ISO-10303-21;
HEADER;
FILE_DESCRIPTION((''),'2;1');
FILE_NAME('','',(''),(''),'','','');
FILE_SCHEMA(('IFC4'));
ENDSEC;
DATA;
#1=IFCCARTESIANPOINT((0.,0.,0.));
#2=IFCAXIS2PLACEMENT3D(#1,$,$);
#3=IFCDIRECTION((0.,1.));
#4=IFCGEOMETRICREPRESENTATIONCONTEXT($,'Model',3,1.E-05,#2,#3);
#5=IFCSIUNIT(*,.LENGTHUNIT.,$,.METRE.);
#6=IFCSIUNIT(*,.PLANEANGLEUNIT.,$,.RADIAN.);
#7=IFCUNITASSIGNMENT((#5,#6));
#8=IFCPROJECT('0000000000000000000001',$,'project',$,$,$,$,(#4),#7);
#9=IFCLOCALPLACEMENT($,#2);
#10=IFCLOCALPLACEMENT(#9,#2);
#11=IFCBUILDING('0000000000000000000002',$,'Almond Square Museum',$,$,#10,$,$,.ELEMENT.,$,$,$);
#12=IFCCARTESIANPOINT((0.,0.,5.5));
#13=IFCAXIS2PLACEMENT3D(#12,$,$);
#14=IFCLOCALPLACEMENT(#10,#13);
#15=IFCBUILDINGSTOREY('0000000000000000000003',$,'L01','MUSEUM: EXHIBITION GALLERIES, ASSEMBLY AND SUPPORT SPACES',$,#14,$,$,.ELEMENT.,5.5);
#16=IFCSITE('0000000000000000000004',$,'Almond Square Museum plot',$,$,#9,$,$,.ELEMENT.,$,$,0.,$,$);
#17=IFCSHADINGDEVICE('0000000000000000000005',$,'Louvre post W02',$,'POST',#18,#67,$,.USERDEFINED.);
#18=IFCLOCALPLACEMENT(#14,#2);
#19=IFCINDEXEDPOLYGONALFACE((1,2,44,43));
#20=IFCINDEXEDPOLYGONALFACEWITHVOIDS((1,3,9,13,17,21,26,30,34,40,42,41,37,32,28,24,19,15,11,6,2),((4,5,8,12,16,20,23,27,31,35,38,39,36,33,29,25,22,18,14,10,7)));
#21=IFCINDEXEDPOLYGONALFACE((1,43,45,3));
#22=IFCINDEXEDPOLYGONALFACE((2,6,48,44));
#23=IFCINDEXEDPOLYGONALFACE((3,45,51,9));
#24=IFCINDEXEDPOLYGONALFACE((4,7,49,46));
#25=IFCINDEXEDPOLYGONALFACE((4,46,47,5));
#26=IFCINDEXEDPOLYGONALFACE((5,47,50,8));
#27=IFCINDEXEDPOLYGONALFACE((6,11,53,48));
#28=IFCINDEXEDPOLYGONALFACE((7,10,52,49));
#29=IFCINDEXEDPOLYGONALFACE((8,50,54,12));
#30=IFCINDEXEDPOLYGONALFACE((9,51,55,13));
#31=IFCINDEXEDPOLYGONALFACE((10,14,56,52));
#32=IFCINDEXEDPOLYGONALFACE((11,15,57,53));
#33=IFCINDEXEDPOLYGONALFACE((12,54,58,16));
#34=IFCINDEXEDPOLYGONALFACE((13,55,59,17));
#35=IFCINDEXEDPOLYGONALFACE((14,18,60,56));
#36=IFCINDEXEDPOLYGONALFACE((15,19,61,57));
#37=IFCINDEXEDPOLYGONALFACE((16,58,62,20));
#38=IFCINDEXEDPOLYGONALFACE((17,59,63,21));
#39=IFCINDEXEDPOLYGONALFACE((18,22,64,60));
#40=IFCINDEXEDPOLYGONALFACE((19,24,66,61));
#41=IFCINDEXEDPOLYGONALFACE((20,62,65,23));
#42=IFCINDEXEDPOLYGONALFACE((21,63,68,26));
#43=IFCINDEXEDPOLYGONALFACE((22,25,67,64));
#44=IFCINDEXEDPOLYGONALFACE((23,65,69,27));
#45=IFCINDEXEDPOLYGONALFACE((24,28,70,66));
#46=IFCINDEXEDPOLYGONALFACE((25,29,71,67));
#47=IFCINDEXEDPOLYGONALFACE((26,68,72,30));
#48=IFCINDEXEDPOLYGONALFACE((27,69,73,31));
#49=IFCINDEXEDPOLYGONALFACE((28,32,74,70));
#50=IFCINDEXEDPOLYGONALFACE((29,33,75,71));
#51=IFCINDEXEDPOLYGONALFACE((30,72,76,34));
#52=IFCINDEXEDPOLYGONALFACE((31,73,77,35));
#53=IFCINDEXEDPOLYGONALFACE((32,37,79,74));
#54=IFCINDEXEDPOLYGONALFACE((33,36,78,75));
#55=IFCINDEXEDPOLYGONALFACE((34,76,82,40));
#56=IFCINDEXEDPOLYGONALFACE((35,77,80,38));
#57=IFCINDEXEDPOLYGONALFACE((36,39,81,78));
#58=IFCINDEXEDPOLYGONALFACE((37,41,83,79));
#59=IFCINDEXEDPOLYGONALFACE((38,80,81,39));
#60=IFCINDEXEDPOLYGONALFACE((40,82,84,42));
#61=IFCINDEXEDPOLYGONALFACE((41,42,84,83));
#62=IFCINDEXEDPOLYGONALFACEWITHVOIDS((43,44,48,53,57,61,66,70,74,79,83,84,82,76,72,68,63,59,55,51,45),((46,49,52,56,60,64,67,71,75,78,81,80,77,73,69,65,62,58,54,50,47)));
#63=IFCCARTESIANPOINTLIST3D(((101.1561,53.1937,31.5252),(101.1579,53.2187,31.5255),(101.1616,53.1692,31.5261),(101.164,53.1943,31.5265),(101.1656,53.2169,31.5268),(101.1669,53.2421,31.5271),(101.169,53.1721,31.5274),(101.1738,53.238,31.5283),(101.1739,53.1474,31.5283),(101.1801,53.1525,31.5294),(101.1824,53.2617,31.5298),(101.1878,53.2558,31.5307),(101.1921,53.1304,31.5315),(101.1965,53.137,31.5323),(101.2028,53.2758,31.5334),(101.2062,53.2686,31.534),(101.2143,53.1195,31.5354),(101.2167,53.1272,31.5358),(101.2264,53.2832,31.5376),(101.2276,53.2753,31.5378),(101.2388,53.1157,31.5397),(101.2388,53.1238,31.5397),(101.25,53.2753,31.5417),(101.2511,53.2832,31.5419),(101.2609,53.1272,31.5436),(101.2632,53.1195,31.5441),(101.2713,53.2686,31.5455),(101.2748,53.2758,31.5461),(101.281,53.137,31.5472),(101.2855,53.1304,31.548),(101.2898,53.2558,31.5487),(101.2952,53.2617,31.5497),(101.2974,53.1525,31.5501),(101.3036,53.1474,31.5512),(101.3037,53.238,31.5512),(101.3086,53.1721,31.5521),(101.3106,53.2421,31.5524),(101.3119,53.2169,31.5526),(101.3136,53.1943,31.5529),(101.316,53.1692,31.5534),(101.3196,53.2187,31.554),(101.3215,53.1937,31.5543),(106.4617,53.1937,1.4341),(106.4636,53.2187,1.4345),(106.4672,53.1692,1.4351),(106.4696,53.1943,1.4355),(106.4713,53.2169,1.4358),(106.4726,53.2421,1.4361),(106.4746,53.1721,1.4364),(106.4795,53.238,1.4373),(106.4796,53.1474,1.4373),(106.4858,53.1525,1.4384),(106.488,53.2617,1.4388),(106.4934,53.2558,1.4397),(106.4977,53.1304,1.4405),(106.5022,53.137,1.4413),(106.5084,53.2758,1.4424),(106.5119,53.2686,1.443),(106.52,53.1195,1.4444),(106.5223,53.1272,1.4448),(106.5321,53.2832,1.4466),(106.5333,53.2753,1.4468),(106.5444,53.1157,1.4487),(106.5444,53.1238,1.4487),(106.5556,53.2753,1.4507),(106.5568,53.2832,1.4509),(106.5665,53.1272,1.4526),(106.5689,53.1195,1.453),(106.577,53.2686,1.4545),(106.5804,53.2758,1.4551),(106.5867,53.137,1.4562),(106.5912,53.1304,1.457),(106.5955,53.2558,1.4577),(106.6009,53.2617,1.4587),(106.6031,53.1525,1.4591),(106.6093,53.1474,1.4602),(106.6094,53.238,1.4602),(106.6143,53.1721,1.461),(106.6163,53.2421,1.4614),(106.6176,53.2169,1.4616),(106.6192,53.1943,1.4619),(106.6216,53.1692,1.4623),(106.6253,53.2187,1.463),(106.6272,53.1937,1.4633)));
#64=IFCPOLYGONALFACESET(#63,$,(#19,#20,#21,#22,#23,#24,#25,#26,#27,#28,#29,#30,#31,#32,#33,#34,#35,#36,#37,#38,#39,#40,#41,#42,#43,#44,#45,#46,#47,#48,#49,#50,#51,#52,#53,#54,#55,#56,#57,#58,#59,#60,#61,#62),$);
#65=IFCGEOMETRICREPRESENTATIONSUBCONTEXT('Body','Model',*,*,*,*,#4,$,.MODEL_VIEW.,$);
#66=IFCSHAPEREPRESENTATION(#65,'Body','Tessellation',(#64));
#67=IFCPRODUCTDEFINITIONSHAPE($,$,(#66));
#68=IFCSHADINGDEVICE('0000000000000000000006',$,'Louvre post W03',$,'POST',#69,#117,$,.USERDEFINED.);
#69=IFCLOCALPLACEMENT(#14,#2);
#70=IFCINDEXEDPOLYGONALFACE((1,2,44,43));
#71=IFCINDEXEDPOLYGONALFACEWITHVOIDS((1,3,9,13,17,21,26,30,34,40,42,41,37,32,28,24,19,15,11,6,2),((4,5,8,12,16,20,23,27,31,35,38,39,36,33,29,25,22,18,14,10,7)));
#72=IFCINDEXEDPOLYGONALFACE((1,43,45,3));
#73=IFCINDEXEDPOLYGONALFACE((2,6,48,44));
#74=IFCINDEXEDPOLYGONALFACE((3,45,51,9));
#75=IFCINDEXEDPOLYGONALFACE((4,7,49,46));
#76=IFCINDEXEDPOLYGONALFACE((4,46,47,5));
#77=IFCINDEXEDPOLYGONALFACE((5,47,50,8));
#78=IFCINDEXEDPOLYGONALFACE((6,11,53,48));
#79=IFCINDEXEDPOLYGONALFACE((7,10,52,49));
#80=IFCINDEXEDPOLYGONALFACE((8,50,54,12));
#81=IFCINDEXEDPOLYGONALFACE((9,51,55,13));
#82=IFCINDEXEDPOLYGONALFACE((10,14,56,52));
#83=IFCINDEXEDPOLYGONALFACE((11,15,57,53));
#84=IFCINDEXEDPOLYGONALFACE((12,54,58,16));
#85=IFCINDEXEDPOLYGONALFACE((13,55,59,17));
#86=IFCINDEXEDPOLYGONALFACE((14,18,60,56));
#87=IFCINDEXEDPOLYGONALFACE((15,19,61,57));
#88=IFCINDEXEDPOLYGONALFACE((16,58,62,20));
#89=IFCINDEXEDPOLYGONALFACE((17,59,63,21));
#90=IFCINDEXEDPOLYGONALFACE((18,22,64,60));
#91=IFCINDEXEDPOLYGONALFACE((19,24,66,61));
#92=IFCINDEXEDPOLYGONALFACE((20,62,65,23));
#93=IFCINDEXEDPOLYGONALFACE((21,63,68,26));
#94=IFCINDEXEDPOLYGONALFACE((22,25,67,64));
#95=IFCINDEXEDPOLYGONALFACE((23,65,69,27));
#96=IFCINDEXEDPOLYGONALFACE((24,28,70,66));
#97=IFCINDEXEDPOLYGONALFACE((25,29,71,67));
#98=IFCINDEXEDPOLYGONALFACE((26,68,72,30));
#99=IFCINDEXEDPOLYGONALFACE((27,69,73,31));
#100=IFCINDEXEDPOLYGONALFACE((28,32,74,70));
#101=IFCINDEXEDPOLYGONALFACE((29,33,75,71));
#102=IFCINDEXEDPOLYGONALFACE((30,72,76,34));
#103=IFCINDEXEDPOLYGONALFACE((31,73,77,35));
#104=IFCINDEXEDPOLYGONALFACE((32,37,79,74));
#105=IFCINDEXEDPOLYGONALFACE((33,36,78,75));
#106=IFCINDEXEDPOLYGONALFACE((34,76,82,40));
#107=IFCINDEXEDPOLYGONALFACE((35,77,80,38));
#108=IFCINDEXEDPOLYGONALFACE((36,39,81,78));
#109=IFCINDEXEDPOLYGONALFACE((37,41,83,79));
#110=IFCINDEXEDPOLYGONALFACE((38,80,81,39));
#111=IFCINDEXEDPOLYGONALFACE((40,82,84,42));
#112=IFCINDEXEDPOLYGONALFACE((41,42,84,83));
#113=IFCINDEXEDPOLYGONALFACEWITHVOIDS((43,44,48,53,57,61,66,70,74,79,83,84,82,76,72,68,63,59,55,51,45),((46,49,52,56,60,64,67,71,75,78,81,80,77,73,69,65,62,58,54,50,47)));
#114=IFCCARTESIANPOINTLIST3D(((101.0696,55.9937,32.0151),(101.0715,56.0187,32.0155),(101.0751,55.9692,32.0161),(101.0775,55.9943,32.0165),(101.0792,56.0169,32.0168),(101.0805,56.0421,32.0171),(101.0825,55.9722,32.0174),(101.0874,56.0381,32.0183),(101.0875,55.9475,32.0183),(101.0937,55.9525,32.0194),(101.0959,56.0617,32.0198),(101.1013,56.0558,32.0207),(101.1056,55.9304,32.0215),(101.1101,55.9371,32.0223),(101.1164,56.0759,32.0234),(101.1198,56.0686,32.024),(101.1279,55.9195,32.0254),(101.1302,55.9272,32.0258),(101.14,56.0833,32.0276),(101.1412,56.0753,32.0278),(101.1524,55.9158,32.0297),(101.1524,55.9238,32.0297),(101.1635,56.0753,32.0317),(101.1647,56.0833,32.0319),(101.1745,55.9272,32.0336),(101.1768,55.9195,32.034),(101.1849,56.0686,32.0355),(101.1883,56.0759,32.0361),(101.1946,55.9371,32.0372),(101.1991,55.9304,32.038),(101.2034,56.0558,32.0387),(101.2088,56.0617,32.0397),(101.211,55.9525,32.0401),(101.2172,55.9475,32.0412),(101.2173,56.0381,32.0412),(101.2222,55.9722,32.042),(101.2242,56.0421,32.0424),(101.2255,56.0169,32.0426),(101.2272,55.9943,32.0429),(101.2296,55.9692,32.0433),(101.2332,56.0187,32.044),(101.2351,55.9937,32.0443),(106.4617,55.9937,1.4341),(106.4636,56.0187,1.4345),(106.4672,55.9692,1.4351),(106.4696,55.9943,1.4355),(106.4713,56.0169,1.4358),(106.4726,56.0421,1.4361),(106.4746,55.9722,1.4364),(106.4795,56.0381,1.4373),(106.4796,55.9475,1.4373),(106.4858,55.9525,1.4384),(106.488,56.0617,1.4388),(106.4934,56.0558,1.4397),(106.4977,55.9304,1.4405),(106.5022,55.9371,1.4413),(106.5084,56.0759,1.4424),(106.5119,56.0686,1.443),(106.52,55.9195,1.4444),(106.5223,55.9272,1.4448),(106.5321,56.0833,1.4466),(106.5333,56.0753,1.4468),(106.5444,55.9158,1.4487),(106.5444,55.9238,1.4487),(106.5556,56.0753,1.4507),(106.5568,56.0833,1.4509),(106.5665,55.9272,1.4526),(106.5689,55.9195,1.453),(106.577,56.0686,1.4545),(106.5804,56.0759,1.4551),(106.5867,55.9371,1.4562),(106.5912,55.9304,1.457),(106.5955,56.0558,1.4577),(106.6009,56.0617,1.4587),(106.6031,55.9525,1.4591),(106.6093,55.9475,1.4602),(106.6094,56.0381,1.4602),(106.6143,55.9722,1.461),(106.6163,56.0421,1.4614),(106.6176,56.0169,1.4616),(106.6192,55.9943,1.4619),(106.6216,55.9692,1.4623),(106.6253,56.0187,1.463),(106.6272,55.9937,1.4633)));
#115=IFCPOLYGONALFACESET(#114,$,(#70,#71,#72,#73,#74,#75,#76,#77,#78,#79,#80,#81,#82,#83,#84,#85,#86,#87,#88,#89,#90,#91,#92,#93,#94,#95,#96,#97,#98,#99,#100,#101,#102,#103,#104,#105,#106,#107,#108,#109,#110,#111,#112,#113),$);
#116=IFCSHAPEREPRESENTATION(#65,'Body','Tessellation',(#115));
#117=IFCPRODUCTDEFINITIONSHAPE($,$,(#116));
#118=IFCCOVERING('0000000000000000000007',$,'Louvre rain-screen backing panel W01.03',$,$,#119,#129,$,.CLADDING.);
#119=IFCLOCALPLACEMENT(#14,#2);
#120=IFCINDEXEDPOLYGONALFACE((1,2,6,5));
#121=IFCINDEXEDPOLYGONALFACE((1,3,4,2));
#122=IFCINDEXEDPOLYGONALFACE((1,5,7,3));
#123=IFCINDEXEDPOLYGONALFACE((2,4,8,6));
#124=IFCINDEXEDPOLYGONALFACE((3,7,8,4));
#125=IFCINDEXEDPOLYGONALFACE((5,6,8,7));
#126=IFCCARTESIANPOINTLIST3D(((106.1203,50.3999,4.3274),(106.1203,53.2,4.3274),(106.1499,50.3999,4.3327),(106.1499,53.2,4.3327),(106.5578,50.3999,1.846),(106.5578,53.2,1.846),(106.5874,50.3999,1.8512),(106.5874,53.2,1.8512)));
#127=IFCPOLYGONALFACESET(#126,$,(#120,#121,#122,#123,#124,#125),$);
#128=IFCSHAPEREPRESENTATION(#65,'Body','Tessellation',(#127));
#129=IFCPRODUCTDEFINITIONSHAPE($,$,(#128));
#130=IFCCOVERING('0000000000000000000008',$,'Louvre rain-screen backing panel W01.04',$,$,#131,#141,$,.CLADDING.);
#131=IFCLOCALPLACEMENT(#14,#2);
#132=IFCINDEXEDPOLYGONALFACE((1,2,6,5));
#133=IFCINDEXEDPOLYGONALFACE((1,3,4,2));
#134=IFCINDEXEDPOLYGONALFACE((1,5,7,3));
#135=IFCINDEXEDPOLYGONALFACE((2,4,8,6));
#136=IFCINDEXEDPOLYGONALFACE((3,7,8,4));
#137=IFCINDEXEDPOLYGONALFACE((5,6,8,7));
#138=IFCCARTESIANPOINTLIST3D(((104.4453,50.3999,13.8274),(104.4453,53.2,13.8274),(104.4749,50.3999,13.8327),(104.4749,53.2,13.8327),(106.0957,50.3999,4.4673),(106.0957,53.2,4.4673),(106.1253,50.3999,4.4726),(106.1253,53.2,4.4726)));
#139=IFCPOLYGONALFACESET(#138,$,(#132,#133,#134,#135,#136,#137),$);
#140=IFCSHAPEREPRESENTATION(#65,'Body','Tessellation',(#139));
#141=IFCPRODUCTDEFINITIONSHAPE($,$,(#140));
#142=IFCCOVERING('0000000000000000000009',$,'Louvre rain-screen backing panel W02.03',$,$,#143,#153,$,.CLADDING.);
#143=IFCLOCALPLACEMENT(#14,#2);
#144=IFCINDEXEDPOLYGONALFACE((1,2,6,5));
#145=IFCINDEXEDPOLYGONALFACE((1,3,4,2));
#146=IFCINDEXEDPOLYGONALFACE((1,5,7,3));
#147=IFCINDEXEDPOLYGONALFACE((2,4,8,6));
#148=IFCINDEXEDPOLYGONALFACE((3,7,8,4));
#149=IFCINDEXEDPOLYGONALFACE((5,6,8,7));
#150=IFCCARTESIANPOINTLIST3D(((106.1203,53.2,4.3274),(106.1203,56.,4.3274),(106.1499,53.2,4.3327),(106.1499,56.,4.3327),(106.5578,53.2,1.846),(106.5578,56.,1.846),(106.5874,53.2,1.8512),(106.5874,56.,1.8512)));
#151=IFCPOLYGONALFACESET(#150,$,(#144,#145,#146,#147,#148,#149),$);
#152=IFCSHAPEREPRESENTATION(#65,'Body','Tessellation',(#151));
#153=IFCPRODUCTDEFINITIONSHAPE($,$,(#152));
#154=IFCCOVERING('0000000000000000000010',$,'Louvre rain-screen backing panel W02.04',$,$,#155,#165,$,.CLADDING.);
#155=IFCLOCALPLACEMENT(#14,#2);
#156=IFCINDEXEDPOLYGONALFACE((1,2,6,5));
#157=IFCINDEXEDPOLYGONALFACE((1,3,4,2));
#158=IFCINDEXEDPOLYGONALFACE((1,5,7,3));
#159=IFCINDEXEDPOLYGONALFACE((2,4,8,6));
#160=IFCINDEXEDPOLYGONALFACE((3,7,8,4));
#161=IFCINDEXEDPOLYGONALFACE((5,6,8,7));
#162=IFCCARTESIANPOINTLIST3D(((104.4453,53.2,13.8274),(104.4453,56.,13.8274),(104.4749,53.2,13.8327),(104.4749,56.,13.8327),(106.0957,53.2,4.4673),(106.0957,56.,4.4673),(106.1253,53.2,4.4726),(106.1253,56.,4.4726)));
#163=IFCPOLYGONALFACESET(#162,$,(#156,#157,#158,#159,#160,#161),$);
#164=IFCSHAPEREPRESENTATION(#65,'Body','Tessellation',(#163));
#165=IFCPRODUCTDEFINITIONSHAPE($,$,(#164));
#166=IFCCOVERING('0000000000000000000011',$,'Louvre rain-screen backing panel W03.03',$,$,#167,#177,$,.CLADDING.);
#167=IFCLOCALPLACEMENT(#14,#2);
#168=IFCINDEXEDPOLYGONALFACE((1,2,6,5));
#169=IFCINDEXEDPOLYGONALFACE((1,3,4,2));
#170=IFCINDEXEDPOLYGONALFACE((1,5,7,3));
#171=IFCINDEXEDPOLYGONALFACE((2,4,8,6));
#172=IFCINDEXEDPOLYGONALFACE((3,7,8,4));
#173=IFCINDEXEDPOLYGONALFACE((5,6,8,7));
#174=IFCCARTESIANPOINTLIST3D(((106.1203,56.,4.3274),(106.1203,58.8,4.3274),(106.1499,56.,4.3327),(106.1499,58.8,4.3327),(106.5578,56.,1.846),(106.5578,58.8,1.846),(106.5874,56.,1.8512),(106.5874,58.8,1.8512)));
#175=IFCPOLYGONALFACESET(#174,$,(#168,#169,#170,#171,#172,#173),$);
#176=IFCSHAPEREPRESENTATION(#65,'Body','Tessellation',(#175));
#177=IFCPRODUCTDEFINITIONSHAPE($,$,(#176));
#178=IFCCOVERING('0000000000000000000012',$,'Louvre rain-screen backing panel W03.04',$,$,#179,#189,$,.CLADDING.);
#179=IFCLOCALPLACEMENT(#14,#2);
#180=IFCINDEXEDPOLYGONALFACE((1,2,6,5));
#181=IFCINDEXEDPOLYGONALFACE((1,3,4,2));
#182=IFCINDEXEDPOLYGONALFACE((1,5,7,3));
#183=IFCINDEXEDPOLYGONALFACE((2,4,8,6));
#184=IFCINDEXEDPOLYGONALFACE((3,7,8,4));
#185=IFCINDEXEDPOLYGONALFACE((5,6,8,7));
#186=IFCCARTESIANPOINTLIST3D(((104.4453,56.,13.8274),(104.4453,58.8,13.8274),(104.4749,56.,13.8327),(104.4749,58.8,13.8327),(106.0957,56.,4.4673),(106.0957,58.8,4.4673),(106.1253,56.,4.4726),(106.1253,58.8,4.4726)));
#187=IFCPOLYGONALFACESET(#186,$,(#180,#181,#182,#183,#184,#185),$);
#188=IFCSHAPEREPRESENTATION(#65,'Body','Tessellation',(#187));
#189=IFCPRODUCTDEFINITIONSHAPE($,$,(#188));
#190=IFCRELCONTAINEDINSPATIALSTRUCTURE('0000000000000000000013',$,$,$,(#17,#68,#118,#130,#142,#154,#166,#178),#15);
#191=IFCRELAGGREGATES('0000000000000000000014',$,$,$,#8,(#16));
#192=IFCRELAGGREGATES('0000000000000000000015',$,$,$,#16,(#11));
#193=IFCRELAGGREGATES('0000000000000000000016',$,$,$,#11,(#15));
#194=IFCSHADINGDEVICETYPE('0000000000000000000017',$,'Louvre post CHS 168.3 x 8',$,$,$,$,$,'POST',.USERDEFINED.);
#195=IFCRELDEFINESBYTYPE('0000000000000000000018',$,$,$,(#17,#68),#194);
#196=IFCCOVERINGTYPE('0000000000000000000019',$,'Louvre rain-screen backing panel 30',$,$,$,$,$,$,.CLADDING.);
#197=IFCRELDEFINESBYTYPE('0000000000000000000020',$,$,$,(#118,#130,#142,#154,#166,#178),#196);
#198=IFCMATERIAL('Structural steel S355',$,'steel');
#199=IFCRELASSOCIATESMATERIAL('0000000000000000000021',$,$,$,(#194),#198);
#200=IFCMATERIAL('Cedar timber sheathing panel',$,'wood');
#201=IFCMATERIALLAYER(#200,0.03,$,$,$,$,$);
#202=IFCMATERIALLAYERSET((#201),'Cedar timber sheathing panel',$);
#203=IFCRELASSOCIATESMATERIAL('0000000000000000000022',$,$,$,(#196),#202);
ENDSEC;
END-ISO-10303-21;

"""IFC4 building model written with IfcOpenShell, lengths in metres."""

from ifc_helpers import new_model, si_unit, direction, frame, origin, origin_2d, place, context, subcontext, project, spatial, polyline, hollow_circle, outline, extrude, material, layer, layer_set, material_profile, profile_set, type_object, element, save


model = new_model("IFC4")

# Units and contexts
model_context = context("Model", 3, precision=1e-05, world=origin(), true_north=direction((0.0, 1.0)))
body_context = subcontext(model_context, "Body", "Model", "MODEL_VIEW")
ifc_project = project(units=[si_unit("LENGTHUNIT", "METRE"), si_unit("PLANEANGLEUNIT", "RADIAN")], contexts=[model_context])

# Site, building, storey
site_placement = place(None, origin())
site = spatial("IfcSite", under=ifc_project, at=site_placement, Name="Almond Square Museum plot", CompositionType="ELEMENT", RefElevation=0.0)
building_placement = place(site_placement, origin())
building = spatial("IfcBuilding", under=site, at=building_placement, Name="Almond Square Museum", CompositionType="ELEMENT")
storey_placement = place(building_placement, frame((0.0, 0.0, 5.5)))
storey = spatial("IfcBuildingStorey", under=building, at=storey_placement, Name="L01", Description="MUSEUM: EXHIBITION GALLERIES, ASSEMBLY AND SUPPORT SPACES", CompositionType="ELEMENT", Elevation=5.5)

# Shading devices
ifc_material_1 = material(Name="Structural steel S355", Category="steel")
ifc_material_profile_1 = material_profile(ifc_material_1, hollow_circle(Radius=0.0842, WallThickness=0.0081, at=origin_2d()))
ifc_profile_set_1 = profile_set([ifc_material_profile_1], Name="Structural steel S355")
shading_device_type = type_object("IfcShadingDeviceType", Name="Louvre post CHS 168.3 x 8", ElementType="POST", PredefinedType="USERDEFINED", material=ifc_profile_set_1)
shading_device_1_placement = place(storey_placement, frame((106.5444, 53.2, 1.4487), z_axis=(-0.173642, 0.0, 0.984809), x_axis=(0.0, -1.0, 0.0)))
element("IfcShadingDevice", 1, at=shading_device_1_placement, inside=storey, type_object=shading_device_type, Name="Louvre post W02", ObjectType="POST", PredefinedType="USERDEFINED", context=body_context, shape_type="SweptSolid", body=[
    extrude(hollow_circle(Radius=0.0842, WallThickness=0.0081, at=origin_2d()), origin(), (0.0, 0.0, 1.0), 30.5552),
])
shading_device_2_placement = place(storey_placement, frame((106.5444, 56.0, 1.4487), z_axis=(-0.173643, 0.0, 0.984809), x_axis=(0.0, -1.0, 0.0)))
element("IfcShadingDevice", 2, at=shading_device_2_placement, inside=storey, type_object=shading_device_type, Name="Louvre post W03", ObjectType="POST", PredefinedType="USERDEFINED", context=body_context, shape_type="SweptSolid", body=[
    extrude(hollow_circle(Radius=0.0842, WallThickness=0.0081, at=origin_2d()), origin(), (0.0, 0.0, 1.0), 31.0527),
])

# Coverings
ifc_material_2 = material(Name="Cedar timber sheathing panel", Category="wood")
ifc_layer = layer(ifc_material_2, 0.03)
ifc_layer_set = layer_set([ifc_layer], Name="Cedar timber sheathing panel")
covering_type_1 = type_object("IfcCoveringType", Name="Louvre rain-screen backing panel 30", PredefinedType="CLADDING", material=ifc_layer_set)
covering_1_placement = place(storey_placement, frame((106.5728, 50.3999, 1.8486), z_axis=(0.984811, 0.0, 0.173631), x_axis=(0.0, 1.0, 0.0)))
element("IfcCovering", 3, at=covering_1_placement, inside=storey, type_object=covering_type_1, Name="Louvre rain-screen backing panel W01.03", PredefinedType="CLADDING", context=body_context, shape_type="SweptSolid", body=[
    extrude(outline(polyline([(0.0, 0.0), (2.8, 0.0), (2.8, 2.5197), (0.0, 2.5197), (0.0, 0.0)])), frame((0.0, 0.0, -0.0151)), (0.0, 0.0, 1.0), 0.03),
])
covering_2_placement = place(storey_placement, frame((106.1106, 50.3999, 4.47), z_axis=(0.984809, 0.0, 0.173643), x_axis=(0.0, 1.0, 0.0)))
element("IfcCovering", 4, at=covering_2_placement, inside=storey, type_object=covering_type_1, Name="Louvre rain-screen backing panel W01.04", PredefinedType="CLADDING", context=body_context, shape_type="SweptSolid", body=[
    extrude(outline(polyline([(0.0, 0.0), (2.8, 0.0), (2.8, 9.5045), (0.0, 9.5045), (0.0, 0.0)])), frame((0.0, 0.0, -0.0151)), (0.0, 0.0, 1.0), 0.03),
])
covering_3_placement = place(storey_placement, frame((106.5728, 53.2, 1.8486), z_axis=(0.984811, 0.0, 0.173631), x_axis=(0.0, 1.0, 0.0)))
element("IfcCovering", 5, at=covering_3_placement, inside=storey, type_object=covering_type_1, Name="Louvre rain-screen backing panel W02.03", PredefinedType="CLADDING", context=body_context, shape_type="SweptSolid", body=[
    extrude(outline(polyline([(0.0, 0.0), (2.8, 0.0), (2.8, 2.5197), (0.0, 2.5197), (0.0, 0.0)])), frame((0.0, 0.0, -0.0151)), (0.0, 0.0, 1.0), 0.03),
])
covering_4_placement = place(storey_placement, frame((106.1106, 53.2, 4.47), z_axis=(0.984809, 0.0, 0.173643), x_axis=(0.0, 1.0, 0.0)))
element("IfcCovering", 6, at=covering_4_placement, inside=storey, type_object=covering_type_1, Name="Louvre rain-screen backing panel W02.04", PredefinedType="CLADDING", context=body_context, shape_type="SweptSolid", body=[
    extrude(outline(polyline([(0.0, 0.0), (2.8, 0.0), (2.8, 9.5045), (0.0, 9.5045), (0.0, 0.0)])), frame((0.0, 0.0, -0.0151)), (0.0, 0.0, 1.0), 0.03),
])
covering_5_placement = place(storey_placement, frame((106.5728, 56.0, 1.8486), z_axis=(0.984811, 0.0, 0.173631), x_axis=(0.0, 1.0, 0.0)))
element("IfcCovering", 7, at=covering_5_placement, inside=storey, type_object=covering_type_1, Name="Louvre rain-screen backing panel W03.03", PredefinedType="CLADDING", context=body_context, shape_type="SweptSolid", body=[
    extrude(outline(polyline([(0.0, 0.0), (2.8, 0.0), (2.8, 2.5197), (0.0, 2.5197), (0.0, 0.0)])), frame((0.0, 0.0, -0.0151)), (0.0, 0.0, 1.0), 0.03),
])
covering_6_placement = place(storey_placement, frame((106.1106, 56.0, 4.47), z_axis=(0.984809, 0.0, 0.173643), x_axis=(0.0, 1.0, 0.0)))
element("IfcCovering", 8, at=covering_6_placement, inside=storey, type_object=covering_type_1, Name="Louvre rain-screen backing panel W03.04", PredefinedType="CLADDING", context=body_context, shape_type="SweptSolid", body=[
    extrude(outline(polyline([(0.0, 0.0), (2.8, 0.0), (2.8, 9.5045), (0.0, 9.5045), (0.0, 0.0)])), frame((0.0, 0.0, -0.0151)), (0.0, 0.0, 1.0), 0.03),
])

save(model, "model.ifc")
